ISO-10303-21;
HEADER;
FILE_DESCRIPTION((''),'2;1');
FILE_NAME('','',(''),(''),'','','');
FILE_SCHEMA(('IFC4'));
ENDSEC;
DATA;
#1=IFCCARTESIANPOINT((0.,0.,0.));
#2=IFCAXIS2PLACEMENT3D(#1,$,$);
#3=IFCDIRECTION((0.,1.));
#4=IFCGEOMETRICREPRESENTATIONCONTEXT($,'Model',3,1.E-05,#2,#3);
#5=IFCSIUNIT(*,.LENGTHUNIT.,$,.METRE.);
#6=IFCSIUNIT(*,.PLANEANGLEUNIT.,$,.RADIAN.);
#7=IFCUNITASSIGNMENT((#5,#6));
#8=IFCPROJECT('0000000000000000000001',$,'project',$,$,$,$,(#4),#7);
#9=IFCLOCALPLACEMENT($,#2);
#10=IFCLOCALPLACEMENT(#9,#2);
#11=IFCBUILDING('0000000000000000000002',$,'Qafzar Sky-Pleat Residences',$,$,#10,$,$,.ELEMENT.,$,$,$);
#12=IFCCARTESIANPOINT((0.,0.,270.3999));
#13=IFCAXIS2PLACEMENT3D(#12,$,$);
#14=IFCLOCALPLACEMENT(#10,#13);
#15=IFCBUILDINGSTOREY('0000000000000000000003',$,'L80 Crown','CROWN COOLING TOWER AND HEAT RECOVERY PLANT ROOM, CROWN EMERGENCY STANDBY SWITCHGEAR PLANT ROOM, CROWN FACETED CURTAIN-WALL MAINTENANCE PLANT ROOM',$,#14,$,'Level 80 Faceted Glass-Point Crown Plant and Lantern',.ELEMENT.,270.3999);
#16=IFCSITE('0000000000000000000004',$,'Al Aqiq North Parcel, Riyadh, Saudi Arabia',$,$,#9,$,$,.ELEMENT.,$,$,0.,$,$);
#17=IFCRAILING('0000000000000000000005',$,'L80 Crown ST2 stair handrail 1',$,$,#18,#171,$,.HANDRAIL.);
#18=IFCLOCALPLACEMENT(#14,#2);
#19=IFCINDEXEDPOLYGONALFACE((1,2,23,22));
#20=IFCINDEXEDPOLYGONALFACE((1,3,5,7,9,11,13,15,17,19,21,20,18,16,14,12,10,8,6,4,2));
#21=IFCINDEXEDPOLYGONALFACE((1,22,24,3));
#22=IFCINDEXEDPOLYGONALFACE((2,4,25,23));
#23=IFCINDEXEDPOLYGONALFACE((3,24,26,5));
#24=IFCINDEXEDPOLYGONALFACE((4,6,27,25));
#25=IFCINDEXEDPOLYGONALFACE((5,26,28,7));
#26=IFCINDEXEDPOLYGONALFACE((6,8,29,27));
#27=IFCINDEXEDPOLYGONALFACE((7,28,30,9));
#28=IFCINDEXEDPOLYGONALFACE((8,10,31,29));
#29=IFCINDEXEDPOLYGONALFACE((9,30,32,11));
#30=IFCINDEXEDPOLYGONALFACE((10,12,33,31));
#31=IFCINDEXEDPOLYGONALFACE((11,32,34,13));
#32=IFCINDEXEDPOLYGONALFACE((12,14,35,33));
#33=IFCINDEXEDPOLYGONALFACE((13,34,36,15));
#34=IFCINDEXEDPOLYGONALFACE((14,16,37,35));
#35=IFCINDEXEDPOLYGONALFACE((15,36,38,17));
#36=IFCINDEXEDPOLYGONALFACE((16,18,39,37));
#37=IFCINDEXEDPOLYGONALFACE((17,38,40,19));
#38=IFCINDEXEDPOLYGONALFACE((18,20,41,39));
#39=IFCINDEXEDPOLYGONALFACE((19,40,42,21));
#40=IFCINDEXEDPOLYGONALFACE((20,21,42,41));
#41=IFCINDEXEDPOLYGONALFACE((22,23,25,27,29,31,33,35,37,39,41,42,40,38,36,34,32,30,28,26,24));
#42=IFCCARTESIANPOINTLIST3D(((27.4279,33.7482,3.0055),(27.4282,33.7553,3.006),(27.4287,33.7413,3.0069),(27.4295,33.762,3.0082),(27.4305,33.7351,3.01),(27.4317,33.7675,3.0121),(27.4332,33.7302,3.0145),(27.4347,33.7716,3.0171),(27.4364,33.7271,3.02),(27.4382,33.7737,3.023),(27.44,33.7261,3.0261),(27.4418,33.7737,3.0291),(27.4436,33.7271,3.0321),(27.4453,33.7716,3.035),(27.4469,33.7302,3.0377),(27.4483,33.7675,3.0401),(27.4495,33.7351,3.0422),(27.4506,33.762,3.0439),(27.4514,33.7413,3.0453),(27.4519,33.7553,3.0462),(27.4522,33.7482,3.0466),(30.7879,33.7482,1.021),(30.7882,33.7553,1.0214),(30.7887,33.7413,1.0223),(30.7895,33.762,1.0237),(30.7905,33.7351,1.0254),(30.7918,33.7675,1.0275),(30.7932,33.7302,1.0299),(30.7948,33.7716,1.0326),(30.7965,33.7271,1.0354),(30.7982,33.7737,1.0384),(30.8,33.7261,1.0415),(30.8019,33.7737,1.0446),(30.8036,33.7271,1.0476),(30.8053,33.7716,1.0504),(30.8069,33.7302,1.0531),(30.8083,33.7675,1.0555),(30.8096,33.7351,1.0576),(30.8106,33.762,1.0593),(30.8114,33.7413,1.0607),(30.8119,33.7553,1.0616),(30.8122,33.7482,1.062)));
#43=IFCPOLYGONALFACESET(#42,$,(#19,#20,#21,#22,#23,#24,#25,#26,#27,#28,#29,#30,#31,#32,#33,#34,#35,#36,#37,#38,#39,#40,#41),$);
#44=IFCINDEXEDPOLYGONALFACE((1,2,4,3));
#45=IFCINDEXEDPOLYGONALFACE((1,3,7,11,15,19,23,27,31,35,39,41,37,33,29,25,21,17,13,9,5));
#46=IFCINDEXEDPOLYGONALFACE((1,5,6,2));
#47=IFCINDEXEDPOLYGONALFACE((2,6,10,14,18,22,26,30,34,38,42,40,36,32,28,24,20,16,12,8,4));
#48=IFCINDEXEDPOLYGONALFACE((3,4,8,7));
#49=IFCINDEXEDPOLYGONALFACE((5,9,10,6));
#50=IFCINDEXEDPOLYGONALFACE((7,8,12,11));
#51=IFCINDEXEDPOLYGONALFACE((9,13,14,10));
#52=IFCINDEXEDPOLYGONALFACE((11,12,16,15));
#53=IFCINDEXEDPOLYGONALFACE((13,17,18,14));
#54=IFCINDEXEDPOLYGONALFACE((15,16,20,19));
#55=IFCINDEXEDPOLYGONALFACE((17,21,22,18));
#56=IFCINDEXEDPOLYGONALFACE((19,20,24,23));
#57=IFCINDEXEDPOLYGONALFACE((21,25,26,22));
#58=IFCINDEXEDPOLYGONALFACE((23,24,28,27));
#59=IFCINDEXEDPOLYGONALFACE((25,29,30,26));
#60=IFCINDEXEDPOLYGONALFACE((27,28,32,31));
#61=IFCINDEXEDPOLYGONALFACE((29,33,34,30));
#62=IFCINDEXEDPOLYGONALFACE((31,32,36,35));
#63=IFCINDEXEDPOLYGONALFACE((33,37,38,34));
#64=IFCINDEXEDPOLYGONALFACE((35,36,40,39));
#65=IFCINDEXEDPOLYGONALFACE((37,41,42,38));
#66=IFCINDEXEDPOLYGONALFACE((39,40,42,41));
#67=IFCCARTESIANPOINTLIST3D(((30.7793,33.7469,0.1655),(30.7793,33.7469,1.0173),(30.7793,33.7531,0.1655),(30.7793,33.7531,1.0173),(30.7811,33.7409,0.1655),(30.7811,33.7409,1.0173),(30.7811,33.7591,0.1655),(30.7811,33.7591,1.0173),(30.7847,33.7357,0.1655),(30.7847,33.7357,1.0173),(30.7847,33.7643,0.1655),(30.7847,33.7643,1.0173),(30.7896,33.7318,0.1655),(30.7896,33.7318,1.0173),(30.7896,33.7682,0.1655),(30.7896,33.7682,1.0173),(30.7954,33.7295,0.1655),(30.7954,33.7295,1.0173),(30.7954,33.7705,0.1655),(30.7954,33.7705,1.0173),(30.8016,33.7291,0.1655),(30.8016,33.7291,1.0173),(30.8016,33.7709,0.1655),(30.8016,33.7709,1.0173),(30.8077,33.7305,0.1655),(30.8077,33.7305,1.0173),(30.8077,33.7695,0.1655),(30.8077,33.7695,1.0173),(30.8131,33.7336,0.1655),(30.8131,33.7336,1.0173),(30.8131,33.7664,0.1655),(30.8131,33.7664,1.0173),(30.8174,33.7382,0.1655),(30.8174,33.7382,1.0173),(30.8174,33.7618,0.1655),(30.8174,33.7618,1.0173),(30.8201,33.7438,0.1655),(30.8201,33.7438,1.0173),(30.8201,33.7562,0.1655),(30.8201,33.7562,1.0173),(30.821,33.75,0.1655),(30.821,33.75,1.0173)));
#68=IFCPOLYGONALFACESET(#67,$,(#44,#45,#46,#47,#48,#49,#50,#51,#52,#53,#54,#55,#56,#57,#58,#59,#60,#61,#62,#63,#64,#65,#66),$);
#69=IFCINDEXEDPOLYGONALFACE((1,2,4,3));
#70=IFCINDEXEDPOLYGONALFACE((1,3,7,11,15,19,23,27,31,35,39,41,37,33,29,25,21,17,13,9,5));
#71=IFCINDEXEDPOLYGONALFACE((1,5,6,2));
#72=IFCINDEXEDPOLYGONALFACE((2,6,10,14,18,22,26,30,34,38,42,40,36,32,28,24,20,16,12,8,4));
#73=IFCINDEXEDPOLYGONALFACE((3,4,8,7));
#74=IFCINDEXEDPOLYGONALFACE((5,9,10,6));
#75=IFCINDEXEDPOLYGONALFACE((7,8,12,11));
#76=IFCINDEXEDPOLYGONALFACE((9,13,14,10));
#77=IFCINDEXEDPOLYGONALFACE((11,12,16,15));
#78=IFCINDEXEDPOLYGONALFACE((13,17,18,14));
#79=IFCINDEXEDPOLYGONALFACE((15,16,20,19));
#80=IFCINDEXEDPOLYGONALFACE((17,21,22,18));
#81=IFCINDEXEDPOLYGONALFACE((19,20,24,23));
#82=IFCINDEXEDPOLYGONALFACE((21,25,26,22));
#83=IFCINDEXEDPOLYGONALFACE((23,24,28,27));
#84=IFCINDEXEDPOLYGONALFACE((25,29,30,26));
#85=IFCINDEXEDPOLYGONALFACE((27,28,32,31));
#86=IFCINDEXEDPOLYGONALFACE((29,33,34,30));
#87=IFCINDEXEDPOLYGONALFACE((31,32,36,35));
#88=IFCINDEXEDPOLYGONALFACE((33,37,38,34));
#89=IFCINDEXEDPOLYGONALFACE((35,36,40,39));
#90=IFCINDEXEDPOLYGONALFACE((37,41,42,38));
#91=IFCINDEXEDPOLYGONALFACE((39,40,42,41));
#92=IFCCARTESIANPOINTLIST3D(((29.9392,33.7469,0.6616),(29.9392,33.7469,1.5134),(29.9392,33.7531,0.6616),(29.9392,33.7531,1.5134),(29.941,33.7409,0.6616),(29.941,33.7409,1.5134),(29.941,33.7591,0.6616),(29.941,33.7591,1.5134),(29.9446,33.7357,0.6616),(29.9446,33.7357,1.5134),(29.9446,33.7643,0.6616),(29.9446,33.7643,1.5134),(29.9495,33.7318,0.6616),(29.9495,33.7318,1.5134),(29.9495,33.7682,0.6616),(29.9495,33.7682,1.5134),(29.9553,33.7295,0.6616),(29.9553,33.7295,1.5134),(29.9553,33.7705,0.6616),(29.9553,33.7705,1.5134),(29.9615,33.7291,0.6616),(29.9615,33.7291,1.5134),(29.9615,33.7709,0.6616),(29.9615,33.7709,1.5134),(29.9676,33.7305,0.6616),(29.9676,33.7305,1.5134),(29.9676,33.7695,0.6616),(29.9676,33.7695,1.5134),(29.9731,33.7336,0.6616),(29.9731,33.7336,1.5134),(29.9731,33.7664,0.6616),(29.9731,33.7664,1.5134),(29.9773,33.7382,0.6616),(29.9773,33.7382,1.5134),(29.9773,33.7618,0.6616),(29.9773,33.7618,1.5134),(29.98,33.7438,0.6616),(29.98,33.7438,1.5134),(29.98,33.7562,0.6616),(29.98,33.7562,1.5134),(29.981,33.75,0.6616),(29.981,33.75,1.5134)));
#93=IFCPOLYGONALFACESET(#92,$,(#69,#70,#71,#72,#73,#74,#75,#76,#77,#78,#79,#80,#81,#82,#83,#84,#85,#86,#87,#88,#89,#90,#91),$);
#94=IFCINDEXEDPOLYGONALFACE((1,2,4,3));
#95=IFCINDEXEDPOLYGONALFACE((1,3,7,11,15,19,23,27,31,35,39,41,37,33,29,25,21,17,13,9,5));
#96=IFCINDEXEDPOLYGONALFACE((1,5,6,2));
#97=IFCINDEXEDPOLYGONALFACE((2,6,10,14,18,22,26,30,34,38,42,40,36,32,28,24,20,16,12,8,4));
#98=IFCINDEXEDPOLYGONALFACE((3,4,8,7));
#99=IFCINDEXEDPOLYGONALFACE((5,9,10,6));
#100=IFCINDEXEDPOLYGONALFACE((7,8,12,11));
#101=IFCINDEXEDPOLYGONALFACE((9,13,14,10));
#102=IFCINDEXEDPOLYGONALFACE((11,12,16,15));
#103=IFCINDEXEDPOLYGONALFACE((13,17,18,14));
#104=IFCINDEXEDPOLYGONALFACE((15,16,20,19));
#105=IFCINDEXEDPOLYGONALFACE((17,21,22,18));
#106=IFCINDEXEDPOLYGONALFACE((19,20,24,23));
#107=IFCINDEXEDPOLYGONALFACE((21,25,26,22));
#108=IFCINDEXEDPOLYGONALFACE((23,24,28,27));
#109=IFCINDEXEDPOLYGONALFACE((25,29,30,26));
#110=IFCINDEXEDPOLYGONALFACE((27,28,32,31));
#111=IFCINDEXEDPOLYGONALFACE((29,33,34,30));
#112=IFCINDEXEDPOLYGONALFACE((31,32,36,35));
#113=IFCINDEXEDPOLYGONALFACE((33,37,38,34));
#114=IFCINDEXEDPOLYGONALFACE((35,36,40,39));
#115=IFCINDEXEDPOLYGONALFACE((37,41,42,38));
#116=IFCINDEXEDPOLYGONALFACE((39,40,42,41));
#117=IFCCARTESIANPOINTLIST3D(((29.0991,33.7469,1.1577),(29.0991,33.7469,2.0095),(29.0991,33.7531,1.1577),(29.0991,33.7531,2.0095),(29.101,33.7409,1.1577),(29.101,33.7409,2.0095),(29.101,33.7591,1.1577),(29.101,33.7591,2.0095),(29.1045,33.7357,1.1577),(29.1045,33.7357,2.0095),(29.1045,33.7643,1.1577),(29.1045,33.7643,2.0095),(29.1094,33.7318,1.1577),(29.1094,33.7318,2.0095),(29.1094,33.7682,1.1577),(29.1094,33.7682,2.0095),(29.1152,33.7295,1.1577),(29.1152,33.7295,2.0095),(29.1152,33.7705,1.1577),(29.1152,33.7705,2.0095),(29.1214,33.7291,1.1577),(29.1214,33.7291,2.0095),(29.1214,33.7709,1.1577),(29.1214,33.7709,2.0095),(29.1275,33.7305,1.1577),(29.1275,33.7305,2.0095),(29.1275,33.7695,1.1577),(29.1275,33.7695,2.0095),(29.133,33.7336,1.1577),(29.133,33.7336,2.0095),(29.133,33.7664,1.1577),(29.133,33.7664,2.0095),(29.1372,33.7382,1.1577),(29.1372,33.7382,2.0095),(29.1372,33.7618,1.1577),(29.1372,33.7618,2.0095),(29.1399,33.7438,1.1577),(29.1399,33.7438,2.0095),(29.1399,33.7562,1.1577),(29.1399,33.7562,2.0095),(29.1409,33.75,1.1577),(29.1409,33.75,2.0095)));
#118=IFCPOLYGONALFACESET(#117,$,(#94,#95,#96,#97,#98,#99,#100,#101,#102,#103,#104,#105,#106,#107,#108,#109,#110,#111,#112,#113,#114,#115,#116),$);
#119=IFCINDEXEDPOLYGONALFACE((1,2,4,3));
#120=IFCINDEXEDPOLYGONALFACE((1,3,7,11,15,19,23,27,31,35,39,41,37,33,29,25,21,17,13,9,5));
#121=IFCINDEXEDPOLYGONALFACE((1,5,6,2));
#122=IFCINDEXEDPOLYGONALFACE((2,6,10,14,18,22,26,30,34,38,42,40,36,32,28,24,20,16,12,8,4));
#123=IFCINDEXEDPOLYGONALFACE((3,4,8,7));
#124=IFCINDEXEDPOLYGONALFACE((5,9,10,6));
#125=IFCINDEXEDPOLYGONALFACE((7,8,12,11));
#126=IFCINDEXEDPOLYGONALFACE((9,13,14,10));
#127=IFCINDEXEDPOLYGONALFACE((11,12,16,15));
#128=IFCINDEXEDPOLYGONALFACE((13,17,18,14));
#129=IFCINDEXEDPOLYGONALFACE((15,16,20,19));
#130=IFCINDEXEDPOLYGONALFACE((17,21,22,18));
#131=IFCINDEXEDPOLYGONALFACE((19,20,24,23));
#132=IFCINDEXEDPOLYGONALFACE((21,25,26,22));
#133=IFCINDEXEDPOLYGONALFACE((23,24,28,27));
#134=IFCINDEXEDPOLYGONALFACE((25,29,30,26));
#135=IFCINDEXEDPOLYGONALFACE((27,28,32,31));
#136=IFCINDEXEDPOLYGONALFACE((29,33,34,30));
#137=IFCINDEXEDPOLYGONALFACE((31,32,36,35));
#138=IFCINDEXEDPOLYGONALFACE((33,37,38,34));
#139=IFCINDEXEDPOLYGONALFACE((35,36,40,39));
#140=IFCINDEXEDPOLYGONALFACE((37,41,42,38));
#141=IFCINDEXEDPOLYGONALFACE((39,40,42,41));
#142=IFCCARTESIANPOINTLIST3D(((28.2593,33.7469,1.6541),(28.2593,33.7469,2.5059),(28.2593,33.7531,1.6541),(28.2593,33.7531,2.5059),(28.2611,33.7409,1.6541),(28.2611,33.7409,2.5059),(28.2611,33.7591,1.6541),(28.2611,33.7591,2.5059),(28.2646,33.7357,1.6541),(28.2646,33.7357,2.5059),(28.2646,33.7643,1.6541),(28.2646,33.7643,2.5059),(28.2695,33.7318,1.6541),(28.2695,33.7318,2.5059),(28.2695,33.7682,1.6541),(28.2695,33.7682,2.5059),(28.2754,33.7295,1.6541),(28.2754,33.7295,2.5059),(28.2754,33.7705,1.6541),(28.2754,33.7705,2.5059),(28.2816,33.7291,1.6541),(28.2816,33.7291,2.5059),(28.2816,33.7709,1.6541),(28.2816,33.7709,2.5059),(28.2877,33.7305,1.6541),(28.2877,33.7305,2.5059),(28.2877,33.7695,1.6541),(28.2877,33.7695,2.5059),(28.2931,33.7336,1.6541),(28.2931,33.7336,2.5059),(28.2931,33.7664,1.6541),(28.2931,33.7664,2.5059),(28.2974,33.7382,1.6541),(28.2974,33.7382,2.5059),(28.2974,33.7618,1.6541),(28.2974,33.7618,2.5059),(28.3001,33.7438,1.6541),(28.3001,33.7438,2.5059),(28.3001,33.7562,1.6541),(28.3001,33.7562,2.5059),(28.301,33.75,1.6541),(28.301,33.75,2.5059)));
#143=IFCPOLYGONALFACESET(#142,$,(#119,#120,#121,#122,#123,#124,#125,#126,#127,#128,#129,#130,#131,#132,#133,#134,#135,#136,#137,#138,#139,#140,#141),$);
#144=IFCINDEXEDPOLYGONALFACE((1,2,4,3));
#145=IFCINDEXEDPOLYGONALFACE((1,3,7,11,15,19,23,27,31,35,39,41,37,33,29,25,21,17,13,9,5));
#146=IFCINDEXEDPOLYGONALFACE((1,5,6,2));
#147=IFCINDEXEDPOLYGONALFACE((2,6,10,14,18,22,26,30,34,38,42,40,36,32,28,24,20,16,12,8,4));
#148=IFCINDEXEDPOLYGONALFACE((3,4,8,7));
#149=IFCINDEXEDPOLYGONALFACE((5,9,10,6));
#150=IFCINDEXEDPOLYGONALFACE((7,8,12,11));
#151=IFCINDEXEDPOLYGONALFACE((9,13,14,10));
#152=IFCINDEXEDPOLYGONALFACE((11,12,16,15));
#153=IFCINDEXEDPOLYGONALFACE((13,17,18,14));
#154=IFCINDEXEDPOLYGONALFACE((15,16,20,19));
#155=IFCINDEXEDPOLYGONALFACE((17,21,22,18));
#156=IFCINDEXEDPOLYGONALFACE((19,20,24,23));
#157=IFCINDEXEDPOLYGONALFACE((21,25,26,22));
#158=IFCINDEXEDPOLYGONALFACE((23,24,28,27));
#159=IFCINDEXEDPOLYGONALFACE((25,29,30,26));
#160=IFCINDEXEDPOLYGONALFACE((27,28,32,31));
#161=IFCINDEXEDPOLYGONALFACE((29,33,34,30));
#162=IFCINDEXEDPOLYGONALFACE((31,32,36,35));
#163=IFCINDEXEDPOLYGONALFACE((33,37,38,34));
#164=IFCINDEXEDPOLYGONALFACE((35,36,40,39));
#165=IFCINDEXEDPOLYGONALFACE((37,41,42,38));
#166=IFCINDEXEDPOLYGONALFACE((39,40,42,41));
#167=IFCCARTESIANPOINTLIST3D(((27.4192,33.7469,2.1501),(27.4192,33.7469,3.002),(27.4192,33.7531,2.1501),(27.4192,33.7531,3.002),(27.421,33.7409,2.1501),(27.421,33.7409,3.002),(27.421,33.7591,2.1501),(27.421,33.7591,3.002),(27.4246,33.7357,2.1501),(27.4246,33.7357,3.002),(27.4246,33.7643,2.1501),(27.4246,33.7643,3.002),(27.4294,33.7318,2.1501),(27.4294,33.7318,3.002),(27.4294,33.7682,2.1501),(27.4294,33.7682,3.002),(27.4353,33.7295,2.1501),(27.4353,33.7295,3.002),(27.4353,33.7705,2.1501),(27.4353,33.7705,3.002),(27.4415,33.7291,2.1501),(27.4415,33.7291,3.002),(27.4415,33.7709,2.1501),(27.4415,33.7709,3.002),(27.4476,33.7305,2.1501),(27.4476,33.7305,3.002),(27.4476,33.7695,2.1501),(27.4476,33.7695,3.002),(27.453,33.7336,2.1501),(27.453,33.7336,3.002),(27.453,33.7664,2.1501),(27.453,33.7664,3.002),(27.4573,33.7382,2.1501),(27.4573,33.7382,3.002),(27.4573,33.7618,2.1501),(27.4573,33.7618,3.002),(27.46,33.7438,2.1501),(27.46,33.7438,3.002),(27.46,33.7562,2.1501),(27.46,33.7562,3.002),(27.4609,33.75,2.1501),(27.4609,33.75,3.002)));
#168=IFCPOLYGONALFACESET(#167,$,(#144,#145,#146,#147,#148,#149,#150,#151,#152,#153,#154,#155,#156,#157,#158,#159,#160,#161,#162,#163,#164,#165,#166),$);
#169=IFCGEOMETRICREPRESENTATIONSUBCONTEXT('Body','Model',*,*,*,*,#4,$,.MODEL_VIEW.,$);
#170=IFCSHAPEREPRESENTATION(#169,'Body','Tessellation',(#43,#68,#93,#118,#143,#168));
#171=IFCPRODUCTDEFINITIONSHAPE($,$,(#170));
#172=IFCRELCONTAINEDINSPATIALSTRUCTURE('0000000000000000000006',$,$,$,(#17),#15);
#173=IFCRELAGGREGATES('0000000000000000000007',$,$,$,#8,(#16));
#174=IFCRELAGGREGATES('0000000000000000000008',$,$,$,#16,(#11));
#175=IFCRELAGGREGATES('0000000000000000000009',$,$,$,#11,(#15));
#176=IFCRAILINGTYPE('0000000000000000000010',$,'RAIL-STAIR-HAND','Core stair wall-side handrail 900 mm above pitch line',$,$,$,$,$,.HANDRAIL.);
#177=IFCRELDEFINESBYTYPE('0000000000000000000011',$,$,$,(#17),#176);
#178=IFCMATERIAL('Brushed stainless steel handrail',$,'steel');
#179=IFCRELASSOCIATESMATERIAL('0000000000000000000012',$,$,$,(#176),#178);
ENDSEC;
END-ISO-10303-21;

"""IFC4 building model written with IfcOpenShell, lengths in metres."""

from ifc_helpers import new_model, si_unit, direction, frame, origin, origin_2d, place, context, subcontext, project, spatial, circle, extrude, source, transform, mapped, material, type_object, element, save


model = new_model("IFC4")

# Units and contexts
model_context = context("Model", 3, precision=1e-05, world=origin(), true_north=direction((0.0, 1.0)))
body_context = subcontext(model_context, "Body", "Model", "MODEL_VIEW")
ifc_project = project(units=[si_unit("LENGTHUNIT", "METRE"), si_unit("PLANEANGLEUNIT", "RADIAN")], contexts=[model_context])

# Site, building, storey
site_placement = place(None, origin())
site = spatial("IfcSite", under=ifc_project, at=site_placement, Name="Al Aqiq North Parcel, Riyadh, Saudi Arabia", CompositionType="ELEMENT", RefElevation=0.0)
building_placement = place(site_placement, origin())
building = spatial("IfcBuilding", under=site, at=building_placement, Name="Qafzar Sky-Pleat Residences", CompositionType="ELEMENT")
storey_placement = place(building_placement, frame((0.0, 0.0, 270.3999)))
storey = spatial("IfcBuildingStorey", under=building, at=storey_placement, Name="L80 Crown", Description="CROWN COOLING TOWER AND HEAT RECOVERY PLANT ROOM, CROWN EMERGENCY STANDBY SWITCHGEAR PLANT ROOM, CROWN FACETED CURTAIN-WALL MAINTENANCE PLANT ROOM", LongName="Level 80 Faceted Glass-Point Crown Plant and Lantern", CompositionType="ELEMENT", Elevation=270.3999)

# Railing
ifc_material_1 = material(Name="Brushed stainless steel handrail", Category="steel")
railing_type_1 = type_object("IfcRailingType", Name="RAIL-STAIR-HAND", Description="Core stair wall-side handrail 900 mm above pitch line", PredefinedType="HANDRAIL", material=ifc_material_1)
shared_shape_1 = source(origin(), body_context, "Body", "SweptSolid", [
    extrude(circle(Radius=0.0239, at=origin_2d()), frame((0.0, 0.0, 0.876), z_axis=(-0.861027, 0.0, 0.508559), x_axis=(0.0, -1.0, 0.0)), (0.0, 0.0, 1.0), 3.9023),
    extrude(circle(Radius=0.021, at=origin_2d()), origin(), (0.0, 0.0, 1.0), 0.8518),
    extrude(circle(Radius=0.021, at=origin_2d()), frame((-0.8401, 0.0, 0.4961)), (0.0, 0.0, 1.0), 0.8518),
    extrude(circle(Radius=0.021, at=origin_2d()), frame((-1.6802, 0.0, 0.9922)), (0.0, 0.0, 1.0), 0.8518),
    extrude(circle(Radius=0.021, at=origin_2d()), frame((-2.52, 0.0, 1.4885)), (0.0, 0.0, 1.0), 0.8518),
    extrude(circle(Radius=0.021, at=origin_2d()), frame((-3.3601, 0.0, 1.9846)), (0.0, 0.0, 1.0), 0.8518),
])
railing_1_placement = place(storey_placement, frame((30.8, 33.75, 0.1655)))
element("IfcRailing", 1, at=railing_1_placement, inside=storey, type_object=railing_type_1, Name="L80 Crown ST2 stair handrail 1", PredefinedType="HANDRAIL", context=body_context, shape_type="MappedRepresentation", body=[
    mapped(shared_shape_1, transform((0.0, 0.0, 0.0), x_axis=(1.0, 0.0, 0.0), y_axis=(0.0, 1.0, 0.0), z_axis=(0.0, 0.0, 1.0), scale=1.0)),
])

save(model, "model.ifc")
